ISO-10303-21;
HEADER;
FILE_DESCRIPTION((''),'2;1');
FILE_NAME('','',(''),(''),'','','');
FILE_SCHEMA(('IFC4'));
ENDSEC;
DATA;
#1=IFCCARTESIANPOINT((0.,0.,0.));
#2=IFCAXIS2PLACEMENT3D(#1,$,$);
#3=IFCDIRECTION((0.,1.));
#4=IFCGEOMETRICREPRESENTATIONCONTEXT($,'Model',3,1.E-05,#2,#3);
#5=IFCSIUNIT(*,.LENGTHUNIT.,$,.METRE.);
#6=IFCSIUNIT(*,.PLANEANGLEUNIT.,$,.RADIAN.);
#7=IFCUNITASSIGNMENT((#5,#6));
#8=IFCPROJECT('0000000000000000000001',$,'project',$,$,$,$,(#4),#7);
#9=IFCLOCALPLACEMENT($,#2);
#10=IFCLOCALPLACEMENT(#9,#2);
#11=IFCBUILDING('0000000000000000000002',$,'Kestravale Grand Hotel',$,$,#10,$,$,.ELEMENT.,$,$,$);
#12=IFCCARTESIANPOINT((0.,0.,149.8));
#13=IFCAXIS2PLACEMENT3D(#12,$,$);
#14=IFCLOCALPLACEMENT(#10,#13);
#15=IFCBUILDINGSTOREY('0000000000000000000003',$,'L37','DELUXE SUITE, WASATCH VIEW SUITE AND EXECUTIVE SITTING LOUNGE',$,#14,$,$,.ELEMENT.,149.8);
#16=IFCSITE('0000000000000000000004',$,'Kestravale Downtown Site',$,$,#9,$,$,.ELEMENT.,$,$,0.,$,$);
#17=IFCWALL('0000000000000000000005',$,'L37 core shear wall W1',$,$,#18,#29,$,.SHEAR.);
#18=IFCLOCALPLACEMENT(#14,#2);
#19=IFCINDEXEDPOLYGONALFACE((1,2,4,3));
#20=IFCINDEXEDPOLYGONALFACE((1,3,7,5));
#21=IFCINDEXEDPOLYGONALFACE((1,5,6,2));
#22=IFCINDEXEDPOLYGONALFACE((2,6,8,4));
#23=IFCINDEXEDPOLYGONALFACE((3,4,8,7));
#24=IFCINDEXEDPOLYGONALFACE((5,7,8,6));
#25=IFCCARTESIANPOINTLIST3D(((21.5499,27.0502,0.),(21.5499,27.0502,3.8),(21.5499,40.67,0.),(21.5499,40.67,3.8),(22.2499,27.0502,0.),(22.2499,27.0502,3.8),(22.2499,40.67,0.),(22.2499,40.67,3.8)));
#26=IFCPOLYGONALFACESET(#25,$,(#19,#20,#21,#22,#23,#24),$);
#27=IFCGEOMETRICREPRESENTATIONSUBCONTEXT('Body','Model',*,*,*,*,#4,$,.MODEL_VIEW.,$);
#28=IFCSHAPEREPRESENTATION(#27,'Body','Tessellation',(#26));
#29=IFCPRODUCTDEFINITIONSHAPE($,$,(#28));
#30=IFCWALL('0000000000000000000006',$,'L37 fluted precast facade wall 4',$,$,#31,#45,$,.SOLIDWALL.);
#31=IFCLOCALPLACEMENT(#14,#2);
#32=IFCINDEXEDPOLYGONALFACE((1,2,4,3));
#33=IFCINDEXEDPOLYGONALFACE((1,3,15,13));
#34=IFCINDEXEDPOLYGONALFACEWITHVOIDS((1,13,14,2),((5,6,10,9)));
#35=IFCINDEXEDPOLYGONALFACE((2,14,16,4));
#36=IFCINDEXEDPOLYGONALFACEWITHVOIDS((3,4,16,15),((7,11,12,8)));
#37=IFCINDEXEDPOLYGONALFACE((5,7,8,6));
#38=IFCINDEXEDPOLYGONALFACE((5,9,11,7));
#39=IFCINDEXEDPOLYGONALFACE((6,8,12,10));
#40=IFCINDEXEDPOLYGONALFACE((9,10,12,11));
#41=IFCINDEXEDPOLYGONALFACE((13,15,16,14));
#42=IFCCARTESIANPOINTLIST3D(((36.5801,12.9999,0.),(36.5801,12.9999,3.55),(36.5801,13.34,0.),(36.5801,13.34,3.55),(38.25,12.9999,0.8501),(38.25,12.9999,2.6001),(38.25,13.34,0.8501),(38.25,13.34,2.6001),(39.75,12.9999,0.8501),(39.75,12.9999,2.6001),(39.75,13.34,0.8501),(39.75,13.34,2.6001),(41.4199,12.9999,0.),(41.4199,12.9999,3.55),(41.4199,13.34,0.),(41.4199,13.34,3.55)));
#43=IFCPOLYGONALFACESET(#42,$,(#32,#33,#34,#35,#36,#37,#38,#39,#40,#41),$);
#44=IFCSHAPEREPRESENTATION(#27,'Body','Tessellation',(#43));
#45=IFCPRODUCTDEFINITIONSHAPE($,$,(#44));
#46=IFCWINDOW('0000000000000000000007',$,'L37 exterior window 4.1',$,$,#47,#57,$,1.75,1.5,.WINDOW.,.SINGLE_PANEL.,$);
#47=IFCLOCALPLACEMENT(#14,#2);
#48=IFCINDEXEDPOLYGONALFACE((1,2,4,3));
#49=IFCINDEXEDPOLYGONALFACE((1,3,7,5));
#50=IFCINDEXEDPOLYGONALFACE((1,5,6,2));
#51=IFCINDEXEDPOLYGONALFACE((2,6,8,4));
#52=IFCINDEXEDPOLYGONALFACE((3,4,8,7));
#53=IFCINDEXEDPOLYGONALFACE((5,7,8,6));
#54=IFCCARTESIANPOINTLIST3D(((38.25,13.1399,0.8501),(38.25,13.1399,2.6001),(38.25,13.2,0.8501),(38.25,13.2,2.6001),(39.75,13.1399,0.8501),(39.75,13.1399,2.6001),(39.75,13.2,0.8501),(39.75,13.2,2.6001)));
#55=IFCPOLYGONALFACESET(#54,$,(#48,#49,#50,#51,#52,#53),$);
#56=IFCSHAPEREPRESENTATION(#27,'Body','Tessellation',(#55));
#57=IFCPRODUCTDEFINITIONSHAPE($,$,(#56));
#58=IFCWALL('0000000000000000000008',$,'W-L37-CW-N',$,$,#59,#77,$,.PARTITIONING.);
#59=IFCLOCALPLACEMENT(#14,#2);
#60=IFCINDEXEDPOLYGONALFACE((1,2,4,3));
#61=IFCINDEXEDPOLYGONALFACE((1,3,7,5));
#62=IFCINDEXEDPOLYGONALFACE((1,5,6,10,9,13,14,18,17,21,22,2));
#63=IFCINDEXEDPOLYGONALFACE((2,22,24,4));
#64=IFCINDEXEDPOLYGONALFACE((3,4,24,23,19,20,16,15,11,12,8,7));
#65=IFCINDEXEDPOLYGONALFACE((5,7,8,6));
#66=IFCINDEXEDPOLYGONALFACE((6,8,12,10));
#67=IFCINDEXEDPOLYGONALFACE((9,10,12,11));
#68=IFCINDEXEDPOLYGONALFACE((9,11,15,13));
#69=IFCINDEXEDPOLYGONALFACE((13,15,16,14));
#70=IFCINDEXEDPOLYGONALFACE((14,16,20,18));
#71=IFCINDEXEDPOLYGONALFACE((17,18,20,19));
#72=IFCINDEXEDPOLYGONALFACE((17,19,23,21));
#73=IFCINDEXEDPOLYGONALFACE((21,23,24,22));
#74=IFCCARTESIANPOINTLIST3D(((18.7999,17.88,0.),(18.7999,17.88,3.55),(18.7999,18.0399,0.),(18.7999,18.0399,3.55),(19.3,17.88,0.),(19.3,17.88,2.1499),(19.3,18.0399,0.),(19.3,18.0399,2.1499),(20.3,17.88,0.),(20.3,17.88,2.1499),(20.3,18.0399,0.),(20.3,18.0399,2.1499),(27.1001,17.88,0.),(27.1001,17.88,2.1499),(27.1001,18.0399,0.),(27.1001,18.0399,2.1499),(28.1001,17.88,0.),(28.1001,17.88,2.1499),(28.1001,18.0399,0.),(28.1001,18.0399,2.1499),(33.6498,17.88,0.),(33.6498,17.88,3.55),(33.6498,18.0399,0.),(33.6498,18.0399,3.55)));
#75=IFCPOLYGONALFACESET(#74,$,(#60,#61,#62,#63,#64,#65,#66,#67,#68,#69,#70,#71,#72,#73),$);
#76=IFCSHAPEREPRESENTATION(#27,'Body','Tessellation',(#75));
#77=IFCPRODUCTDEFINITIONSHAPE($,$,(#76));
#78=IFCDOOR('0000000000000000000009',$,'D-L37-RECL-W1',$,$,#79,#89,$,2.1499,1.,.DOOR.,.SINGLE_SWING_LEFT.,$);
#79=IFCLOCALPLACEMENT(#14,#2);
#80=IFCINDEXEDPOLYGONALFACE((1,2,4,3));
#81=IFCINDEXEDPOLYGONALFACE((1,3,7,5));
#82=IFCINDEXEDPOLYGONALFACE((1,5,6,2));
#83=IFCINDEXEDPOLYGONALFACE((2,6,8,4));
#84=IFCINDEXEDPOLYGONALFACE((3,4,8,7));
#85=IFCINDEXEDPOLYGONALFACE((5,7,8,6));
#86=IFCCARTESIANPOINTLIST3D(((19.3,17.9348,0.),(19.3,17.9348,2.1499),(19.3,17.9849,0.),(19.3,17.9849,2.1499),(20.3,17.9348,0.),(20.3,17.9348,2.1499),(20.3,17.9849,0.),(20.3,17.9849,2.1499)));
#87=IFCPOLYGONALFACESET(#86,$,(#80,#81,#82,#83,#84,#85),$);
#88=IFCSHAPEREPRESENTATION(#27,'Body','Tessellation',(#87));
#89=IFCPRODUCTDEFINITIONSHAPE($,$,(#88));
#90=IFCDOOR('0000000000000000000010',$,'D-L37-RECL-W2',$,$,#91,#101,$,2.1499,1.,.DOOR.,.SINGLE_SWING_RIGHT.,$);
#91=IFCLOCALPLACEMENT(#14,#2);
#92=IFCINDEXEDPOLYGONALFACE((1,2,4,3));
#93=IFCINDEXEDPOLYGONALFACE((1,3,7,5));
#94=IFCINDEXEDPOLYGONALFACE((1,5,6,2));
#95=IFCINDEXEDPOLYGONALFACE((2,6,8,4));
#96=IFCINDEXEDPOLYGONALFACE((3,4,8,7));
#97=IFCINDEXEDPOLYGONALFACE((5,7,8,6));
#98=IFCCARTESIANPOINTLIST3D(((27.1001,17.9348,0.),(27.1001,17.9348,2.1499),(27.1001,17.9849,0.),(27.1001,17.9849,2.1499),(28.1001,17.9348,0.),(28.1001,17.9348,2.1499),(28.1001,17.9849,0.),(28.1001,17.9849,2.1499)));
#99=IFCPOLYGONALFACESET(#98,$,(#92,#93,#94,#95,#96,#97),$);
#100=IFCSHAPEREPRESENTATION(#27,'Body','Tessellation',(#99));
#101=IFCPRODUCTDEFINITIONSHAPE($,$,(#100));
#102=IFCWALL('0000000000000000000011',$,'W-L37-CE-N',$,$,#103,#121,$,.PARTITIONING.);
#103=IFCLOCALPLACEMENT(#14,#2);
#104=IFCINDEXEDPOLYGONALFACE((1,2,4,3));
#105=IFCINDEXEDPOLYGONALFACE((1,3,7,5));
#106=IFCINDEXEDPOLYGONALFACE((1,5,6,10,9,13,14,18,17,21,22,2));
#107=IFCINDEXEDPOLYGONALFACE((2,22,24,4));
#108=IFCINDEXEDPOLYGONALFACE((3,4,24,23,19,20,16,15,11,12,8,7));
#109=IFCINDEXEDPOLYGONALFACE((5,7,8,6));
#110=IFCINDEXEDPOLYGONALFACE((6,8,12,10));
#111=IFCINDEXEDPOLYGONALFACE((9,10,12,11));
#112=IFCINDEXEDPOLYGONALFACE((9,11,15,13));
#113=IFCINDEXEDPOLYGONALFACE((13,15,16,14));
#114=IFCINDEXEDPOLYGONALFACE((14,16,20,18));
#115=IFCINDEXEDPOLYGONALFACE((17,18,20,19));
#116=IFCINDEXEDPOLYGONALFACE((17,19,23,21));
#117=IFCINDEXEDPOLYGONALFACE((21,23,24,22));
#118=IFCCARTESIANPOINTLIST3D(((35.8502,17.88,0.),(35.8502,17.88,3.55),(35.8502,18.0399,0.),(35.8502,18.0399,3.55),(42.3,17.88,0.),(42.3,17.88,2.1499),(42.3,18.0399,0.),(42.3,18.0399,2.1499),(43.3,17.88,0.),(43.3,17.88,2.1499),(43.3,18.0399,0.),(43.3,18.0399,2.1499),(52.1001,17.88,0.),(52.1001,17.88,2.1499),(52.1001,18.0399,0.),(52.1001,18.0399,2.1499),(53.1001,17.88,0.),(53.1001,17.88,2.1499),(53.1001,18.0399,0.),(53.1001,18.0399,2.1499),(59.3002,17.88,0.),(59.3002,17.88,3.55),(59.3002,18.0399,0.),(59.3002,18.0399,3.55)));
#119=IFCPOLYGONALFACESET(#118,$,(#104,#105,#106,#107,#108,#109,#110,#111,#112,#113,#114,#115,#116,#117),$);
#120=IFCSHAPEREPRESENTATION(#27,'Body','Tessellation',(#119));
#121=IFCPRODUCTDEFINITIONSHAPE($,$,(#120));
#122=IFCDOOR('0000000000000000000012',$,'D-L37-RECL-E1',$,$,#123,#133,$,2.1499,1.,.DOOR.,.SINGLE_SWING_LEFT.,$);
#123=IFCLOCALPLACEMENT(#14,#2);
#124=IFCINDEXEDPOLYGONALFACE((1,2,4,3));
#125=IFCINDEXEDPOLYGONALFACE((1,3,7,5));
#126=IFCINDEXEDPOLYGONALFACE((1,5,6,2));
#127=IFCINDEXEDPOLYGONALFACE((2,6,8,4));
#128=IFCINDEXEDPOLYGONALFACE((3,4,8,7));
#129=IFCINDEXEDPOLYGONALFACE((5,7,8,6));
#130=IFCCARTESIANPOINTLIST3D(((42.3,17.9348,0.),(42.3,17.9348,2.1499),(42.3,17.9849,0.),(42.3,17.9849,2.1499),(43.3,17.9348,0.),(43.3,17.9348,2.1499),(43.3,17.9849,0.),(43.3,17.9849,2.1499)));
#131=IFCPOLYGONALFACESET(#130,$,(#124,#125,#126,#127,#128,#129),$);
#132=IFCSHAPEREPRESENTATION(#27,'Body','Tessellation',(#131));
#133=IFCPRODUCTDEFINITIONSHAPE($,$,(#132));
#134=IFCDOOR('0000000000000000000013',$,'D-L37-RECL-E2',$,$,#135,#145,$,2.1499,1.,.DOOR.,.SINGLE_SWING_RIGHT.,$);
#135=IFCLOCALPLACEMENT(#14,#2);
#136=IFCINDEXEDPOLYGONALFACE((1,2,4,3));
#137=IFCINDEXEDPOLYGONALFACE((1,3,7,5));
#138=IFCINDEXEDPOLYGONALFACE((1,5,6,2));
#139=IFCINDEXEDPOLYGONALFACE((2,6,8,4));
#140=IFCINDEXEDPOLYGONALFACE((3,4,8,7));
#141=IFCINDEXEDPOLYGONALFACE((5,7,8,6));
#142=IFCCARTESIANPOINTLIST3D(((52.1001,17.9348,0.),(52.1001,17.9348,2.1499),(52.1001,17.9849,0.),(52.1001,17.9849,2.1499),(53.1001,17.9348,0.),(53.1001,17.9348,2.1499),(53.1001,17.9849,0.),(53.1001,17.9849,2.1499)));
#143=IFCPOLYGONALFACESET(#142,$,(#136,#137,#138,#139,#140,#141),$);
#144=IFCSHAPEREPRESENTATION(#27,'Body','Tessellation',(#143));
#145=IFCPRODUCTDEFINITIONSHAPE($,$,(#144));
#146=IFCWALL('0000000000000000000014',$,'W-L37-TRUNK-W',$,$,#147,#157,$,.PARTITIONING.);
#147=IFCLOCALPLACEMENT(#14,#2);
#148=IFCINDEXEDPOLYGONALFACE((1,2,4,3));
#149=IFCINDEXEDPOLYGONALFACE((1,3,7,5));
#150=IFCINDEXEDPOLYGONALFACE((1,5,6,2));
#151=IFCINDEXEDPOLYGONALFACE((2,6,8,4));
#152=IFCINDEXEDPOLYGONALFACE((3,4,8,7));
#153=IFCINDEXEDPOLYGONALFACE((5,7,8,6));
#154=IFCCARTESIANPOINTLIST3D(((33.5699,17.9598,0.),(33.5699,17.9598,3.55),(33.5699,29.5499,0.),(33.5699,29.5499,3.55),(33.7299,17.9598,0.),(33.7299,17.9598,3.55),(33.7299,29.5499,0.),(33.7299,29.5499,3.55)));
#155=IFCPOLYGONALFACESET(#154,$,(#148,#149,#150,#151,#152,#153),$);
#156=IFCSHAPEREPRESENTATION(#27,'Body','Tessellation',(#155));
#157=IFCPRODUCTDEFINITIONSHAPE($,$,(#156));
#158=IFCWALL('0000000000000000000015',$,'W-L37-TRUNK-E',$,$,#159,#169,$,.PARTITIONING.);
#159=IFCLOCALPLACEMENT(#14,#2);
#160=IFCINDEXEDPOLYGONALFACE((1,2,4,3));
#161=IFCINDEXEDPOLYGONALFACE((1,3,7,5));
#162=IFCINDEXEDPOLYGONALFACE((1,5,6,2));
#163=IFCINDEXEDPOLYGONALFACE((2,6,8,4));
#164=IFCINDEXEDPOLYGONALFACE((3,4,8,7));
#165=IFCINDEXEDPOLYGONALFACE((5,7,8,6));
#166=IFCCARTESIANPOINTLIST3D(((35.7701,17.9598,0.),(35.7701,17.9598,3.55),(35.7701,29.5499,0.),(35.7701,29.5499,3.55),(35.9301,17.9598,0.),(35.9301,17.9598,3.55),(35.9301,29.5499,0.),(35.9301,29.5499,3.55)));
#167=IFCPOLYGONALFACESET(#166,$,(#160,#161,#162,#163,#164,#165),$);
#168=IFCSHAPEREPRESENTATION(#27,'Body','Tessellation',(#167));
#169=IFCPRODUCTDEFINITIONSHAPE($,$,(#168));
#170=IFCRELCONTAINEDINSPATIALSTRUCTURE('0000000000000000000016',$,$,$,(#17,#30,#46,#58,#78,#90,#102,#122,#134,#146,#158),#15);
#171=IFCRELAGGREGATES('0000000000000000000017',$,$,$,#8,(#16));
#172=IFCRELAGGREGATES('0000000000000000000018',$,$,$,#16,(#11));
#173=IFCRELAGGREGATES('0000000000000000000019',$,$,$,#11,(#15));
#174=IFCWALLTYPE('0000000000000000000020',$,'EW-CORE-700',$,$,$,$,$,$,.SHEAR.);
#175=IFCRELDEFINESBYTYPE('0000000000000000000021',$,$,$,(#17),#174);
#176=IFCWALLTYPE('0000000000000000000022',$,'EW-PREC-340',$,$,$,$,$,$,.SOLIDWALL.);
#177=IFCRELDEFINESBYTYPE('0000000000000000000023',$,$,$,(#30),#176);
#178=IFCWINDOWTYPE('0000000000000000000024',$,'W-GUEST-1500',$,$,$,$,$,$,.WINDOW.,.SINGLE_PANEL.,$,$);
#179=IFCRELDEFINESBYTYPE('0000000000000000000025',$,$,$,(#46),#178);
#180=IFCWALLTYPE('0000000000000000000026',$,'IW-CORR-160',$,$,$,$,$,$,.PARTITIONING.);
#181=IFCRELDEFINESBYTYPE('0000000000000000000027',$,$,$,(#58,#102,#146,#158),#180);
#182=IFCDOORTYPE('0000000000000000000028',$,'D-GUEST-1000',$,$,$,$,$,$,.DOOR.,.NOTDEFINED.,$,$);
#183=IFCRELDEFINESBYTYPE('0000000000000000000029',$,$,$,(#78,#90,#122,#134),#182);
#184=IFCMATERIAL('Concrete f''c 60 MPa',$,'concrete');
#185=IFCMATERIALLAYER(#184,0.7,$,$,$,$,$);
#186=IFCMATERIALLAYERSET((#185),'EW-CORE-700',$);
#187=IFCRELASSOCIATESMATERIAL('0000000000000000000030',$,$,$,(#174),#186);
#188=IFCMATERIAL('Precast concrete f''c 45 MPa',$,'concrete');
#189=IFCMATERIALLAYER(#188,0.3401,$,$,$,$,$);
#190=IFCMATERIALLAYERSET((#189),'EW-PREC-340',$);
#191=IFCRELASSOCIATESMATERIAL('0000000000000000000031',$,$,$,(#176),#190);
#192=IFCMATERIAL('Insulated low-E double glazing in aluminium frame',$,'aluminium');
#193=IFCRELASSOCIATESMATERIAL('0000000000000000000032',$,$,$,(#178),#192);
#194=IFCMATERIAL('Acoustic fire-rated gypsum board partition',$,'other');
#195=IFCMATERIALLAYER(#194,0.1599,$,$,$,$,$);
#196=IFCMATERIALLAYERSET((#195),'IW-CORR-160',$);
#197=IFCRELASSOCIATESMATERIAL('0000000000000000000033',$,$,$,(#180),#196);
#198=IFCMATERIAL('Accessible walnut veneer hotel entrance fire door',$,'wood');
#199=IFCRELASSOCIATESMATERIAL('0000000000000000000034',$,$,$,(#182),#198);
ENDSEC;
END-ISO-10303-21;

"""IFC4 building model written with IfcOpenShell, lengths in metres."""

from ifc_helpers import new_model, si_unit, direction, frame, frame_2d, origin, place, context, subcontext, project, spatial, rectangle, extrude, material, layer, layer_set, type_object, element, fill, save


model = new_model("IFC4")

# Units and contexts
model_context = context("Model", 3, precision=1e-05, world=origin(), true_north=direction((0.0, 1.0)))
body_context = subcontext(model_context, "Body", "Model", "MODEL_VIEW")
ifc_project = project(units=[si_unit("LENGTHUNIT", "METRE"), si_unit("PLANEANGLEUNIT", "RADIAN")], contexts=[model_context])

# Site, building, storey
site_placement = place(None, origin())
site = spatial("IfcSite", under=ifc_project, at=site_placement, Name="Kestravale Downtown Site", CompositionType="ELEMENT", RefElevation=0.0)
building_placement = place(site_placement, origin())
building = spatial("IfcBuilding", under=site, at=building_placement, Name="Kestravale Grand Hotel", CompositionType="ELEMENT")
storey_placement = place(building_placement, frame((0.0, 0.0, 149.8)))
storey = spatial("IfcBuildingStorey", under=building, at=storey_placement, Name="L37", Description="DELUXE SUITE, WASATCH VIEW SUITE AND EXECUTIVE SITTING LOUNGE", CompositionType="ELEMENT", Elevation=149.8)

# Wall
ifc_material_1 = material(Name="Concrete f'c 60 MPa", Category="concrete")
ifc_layer_1 = layer(ifc_material_1, 0.7)
ifc_layer_set_1 = layer_set([ifc_layer_1], Name="EW-CORE-700")
wall_type_1 = type_object("IfcWallType", Name="EW-CORE-700", PredefinedType="SHEAR", material=ifc_layer_set_1)
wall_1_placement = place(storey_placement, frame((21.8999, 27.05, 0.0), z_axis=(0.0, 0.0, 1.0), x_axis=(0.0, 1.0, 0.0)))
element("IfcWall", 1, at=wall_1_placement, inside=storey, type_object=wall_type_1, Name="L37 core shear wall W1", PredefinedType="SHEAR", context=body_context, shape_type="SweptSolid", body=[
    extrude(rectangle(XDim=13.6199, YDim=0.7, at=frame_2d((6.8101, 0.0))), origin(), (0.0, 0.0, 1.0), 3.8),
])

# Wall, opening, window
ifc_material_2 = material(Name="Precast concrete f'c 45 MPa", Category="concrete")
ifc_layer_2 = layer(ifc_material_2, 0.3401)
ifc_layer_set_2 = layer_set([ifc_layer_2], Name="EW-PREC-340")
wall_type_2 = type_object("IfcWallType", Name="EW-PREC-340", PredefinedType="SOLIDWALL", material=ifc_layer_set_2)
wall_2_placement = place(storey_placement, frame((36.5801, 13.1699, 0.0), z_axis=(0.0, 0.0, 1.0), x_axis=(1.0, 0.0, 0.0)))
wall_2 = element("IfcWall", 2, at=wall_2_placement, inside=storey, type_object=wall_type_2, Name="L37 fluted precast facade wall 4", PredefinedType="SOLIDWALL", context=body_context, shape_type="SweptSolid", body=[
    extrude(rectangle(XDim=4.8398, YDim=0.3401, at=frame_2d((2.4199, 0.0))), origin(), (0.0, 0.0, 1.0), 3.55),
])
opening_1_placement = place(wall_2_placement, frame((1.6699, 0.0, 0.8501)))
opening_1 = element("IfcOpeningElement", 3, at=opening_1_placement, cuts=wall_2, PredefinedType="OPENING", context=body_context, shape_type="SweptSolid", body=[
    extrude(rectangle(XDim=1.5, YDim=1.75, at=frame_2d((0.75, 0.875))), frame((0.0, 0.1799, 0.0), z_axis=(0.0, -1.0, 0.0), x_axis=(1.0, 0.0, 0.0)), (0.0, 0.0, 1.0), 0.3601),
])
ifc_material_3 = material(Name="Insulated low-E double glazing in aluminium frame", Category="aluminium")
window_type = type_object("IfcWindowType", Name="W-GUEST-1500", PartitioningType="SINGLE_PANEL", PredefinedType="WINDOW", material=ifc_material_3)
window_placement = place(opening_1_placement, origin())
window = element("IfcWindow", 4, at=window_placement, inside=storey, type_object=window_type, Name="L37 exterior window 4.1", OverallHeight=1.75, OverallWidth=1.5, PartitioningType="SINGLE_PANEL", PredefinedType="WINDOW", context=body_context, shape_type="SweptSolid", body=[
    extrude(rectangle(XDim=1.5, YDim=1.75, at=frame_2d((0.75, 0.875))), frame((0.0, 0.03, 0.0), z_axis=(0.0, -1.0, 0.0), x_axis=(1.0, 0.0, 0.0)), (0.0, 0.0, 1.0), 0.0601),
])
fill(opening_1, window)

# Walls, openings, doors
ifc_material_4 = material(Name="Acoustic fire-rated gypsum board partition", Category="other")
ifc_layer_3 = layer(ifc_material_4, 0.1599)
ifc_layer_set_3 = layer_set([ifc_layer_3], Name="IW-CORR-160")
wall_type_3 = type_object("IfcWallType", Name="IW-CORR-160", PredefinedType="PARTITIONING", material=ifc_layer_set_3)
wall_3_placement = place(storey_placement, frame((18.8, 17.96, 0.0), z_axis=(0.0, 0.0, 1.0), x_axis=(1.0, 0.0, 0.0)))
wall_3 = element("IfcWall", 5, at=wall_3_placement, inside=storey, type_object=wall_type_3, Name="W-L37-CW-N", PredefinedType="PARTITIONING", context=body_context, shape_type="SweptSolid", body=[
    extrude(rectangle(XDim=14.8499, YDim=0.1599, at=frame_2d((7.4248, 0.0))), origin(), (0.0, 0.0, 1.0), 3.55),
])
opening_2_placement = place(wall_3_placement, frame((0.5, 0.0, 0.0)))
opening_2 = element("IfcOpeningElement", 6, at=opening_2_placement, cuts=wall_3, PredefinedType="OPENING", context=body_context, shape_type="SweptSolid", body=[
    extrude(rectangle(XDim=1.0, YDim=2.1499, at=frame_2d((0.5, 1.075))), frame((0.0, 0.0898, 0.0), z_axis=(0.0, -1.0, 0.0), x_axis=(1.0, 0.0, 0.0)), (0.0, 0.0, 1.0), 0.1799),
])
opening_3_placement = place(wall_3_placement, frame((8.3, 0.0, 0.0)))
opening_3 = element("IfcOpeningElement", 7, at=opening_3_placement, cuts=wall_3, PredefinedType="OPENING", context=body_context, shape_type="SweptSolid", body=[
    extrude(rectangle(XDim=1.0, YDim=2.1499, at=frame_2d((0.5, 1.075))), frame((0.0, 0.0898, 0.0), z_axis=(0.0, -1.0, 0.0), x_axis=(1.0, 0.0, 0.0)), (0.0, 0.0, 1.0), 0.1799),
])
ifc_material_5 = material(Name="Accessible walnut veneer hotel entrance fire door", Category="wood")
door_type_1 = type_object("IfcDoorType", Name="D-GUEST-1000", OperationType="NOTDEFINED", PredefinedType="DOOR", material=ifc_material_5)
door_1_placement = place(opening_2_placement, origin())
door_1 = element("IfcDoor", 8, at=door_1_placement, inside=storey, type_object=door_type_1, Name="D-L37-RECL-W1", OperationType="SINGLE_SWING_LEFT", OverallHeight=2.1499, OverallWidth=1.0, PredefinedType="DOOR", context=body_context, shape_type="SweptSolid", body=[
    extrude(rectangle(XDim=1.0, YDim=2.1499, at=frame_2d((0.5, 1.075))), frame((0.0, 0.0249, 0.0), z_axis=(0.0, -1.0, 0.0), x_axis=(1.0, 0.0, 0.0)), (0.0, 0.0, 1.0), 0.05),
])
fill(opening_2, door_1)
door_2_placement = place(opening_3_placement, origin())
door_2 = element("IfcDoor", 9, at=door_2_placement, inside=storey, type_object=door_type_1, Name="D-L37-RECL-W2", OperationType="SINGLE_SWING_RIGHT", OverallHeight=2.1499, OverallWidth=1.0, PredefinedType="DOOR", context=body_context, shape_type="SweptSolid", body=[
    extrude(rectangle(XDim=1.0, YDim=2.1499, at=frame_2d((0.5, 1.075))), frame((0.0, 0.0249, 0.0), z_axis=(0.0, -1.0, 0.0), x_axis=(1.0, 0.0, 0.0)), (0.0, 0.0, 1.0), 0.05),
])
fill(opening_3, door_2)
wall_4_placement = place(storey_placement, frame((35.8501, 17.96, 0.0), z_axis=(0.0, 0.0, 1.0), x_axis=(1.0, 0.0, 0.0)))
wall_4 = element("IfcWall", 10, at=wall_4_placement, inside=storey, type_object=wall_type_3, Name="W-L37-CE-N", PredefinedType="PARTITIONING", context=body_context, shape_type="SweptSolid", body=[
    extrude(rectangle(XDim=23.45, YDim=0.1599, at=frame_2d((11.7251, 0.0))), origin(), (0.0, 0.0, 1.0), 3.55),
])
opening_4_placement = place(wall_4_placement, frame((6.45, 0.0, 0.0)))
opening_4 = element("IfcOpeningElement", 11, at=opening_4_placement, cuts=wall_4, PredefinedType="OPENING", context=body_context, shape_type="SweptSolid", body=[
    extrude(rectangle(XDim=1.0, YDim=2.1499, at=frame_2d((0.5, 1.075))), frame((0.0, 0.0898, 0.0), z_axis=(0.0, -1.0, 0.0), x_axis=(1.0, 0.0, 0.0)), (0.0, 0.0, 1.0), 0.1799),
])
opening_5_placement = place(wall_4_placement, frame((16.25, 0.0, 0.0)))
opening_5 = element("IfcOpeningElement", 12, at=opening_5_placement, cuts=wall_4, PredefinedType="OPENING", context=body_context, shape_type="SweptSolid", body=[
    extrude(rectangle(XDim=1.0, YDim=2.1499, at=frame_2d((0.5, 1.075))), frame((0.0, 0.0898, 0.0), z_axis=(0.0, -1.0, 0.0), x_axis=(1.0, 0.0, 0.0)), (0.0, 0.0, 1.0), 0.1799),
])
door_3_placement = place(opening_4_placement, origin())
door_3 = element("IfcDoor", 13, at=door_3_placement, inside=storey, type_object=door_type_1, Name="D-L37-RECL-E1", OperationType="SINGLE_SWING_LEFT", OverallHeight=2.1499, OverallWidth=1.0, PredefinedType="DOOR", context=body_context, shape_type="SweptSolid", body=[
    extrude(rectangle(XDim=1.0, YDim=2.1499, at=frame_2d((0.5, 1.075))), frame((0.0, 0.0249, 0.0), z_axis=(0.0, -1.0, 0.0), x_axis=(1.0, 0.0, 0.0)), (0.0, 0.0, 1.0), 0.05),
])
fill(opening_4, door_3)
door_4_placement = place(opening_5_placement, origin())
door_4 = element("IfcDoor", 14, at=door_4_placement, inside=storey, type_object=door_type_1, Name="D-L37-RECL-E2", OperationType="SINGLE_SWING_RIGHT", OverallHeight=2.1499, OverallWidth=1.0, PredefinedType="DOOR", context=body_context, shape_type="SweptSolid", body=[
    extrude(rectangle(XDim=1.0, YDim=2.1499, at=frame_2d((0.5, 1.075))), frame((0.0, 0.0249, 0.0), z_axis=(0.0, -1.0, 0.0), x_axis=(1.0, 0.0, 0.0)), (0.0, 0.0, 1.0), 0.05),
])
fill(opening_5, door_4)

# Walls
for number, where, z_axis, x_axis, name in (
    (15, (33.6499, 17.96, 0.0), (0.0, 0.0, 1.0), (0.0, 1.0, 0.0), "W-L37-TRUNK-W"),
    (16, (35.8501, 17.96, 0.0), (0.0, 0.0, 1.0), (0.0, 1.0, 0.0), "W-L37-TRUNK-E"),
):
    element("IfcWall", number, at=place(storey_placement, frame(where, z_axis=z_axis, x_axis=x_axis)), inside=storey, type_object=wall_type_3, Name=name, PredefinedType="PARTITIONING", context=body_context, shape_type="SweptSolid", body=[
        extrude(rectangle(XDim=11.5901, YDim=0.1599, at=frame_2d((5.7949, 0.0))), origin(), (0.0, 0.0, 1.0), 3.55),
    ])

save(model, "model.ifc")
